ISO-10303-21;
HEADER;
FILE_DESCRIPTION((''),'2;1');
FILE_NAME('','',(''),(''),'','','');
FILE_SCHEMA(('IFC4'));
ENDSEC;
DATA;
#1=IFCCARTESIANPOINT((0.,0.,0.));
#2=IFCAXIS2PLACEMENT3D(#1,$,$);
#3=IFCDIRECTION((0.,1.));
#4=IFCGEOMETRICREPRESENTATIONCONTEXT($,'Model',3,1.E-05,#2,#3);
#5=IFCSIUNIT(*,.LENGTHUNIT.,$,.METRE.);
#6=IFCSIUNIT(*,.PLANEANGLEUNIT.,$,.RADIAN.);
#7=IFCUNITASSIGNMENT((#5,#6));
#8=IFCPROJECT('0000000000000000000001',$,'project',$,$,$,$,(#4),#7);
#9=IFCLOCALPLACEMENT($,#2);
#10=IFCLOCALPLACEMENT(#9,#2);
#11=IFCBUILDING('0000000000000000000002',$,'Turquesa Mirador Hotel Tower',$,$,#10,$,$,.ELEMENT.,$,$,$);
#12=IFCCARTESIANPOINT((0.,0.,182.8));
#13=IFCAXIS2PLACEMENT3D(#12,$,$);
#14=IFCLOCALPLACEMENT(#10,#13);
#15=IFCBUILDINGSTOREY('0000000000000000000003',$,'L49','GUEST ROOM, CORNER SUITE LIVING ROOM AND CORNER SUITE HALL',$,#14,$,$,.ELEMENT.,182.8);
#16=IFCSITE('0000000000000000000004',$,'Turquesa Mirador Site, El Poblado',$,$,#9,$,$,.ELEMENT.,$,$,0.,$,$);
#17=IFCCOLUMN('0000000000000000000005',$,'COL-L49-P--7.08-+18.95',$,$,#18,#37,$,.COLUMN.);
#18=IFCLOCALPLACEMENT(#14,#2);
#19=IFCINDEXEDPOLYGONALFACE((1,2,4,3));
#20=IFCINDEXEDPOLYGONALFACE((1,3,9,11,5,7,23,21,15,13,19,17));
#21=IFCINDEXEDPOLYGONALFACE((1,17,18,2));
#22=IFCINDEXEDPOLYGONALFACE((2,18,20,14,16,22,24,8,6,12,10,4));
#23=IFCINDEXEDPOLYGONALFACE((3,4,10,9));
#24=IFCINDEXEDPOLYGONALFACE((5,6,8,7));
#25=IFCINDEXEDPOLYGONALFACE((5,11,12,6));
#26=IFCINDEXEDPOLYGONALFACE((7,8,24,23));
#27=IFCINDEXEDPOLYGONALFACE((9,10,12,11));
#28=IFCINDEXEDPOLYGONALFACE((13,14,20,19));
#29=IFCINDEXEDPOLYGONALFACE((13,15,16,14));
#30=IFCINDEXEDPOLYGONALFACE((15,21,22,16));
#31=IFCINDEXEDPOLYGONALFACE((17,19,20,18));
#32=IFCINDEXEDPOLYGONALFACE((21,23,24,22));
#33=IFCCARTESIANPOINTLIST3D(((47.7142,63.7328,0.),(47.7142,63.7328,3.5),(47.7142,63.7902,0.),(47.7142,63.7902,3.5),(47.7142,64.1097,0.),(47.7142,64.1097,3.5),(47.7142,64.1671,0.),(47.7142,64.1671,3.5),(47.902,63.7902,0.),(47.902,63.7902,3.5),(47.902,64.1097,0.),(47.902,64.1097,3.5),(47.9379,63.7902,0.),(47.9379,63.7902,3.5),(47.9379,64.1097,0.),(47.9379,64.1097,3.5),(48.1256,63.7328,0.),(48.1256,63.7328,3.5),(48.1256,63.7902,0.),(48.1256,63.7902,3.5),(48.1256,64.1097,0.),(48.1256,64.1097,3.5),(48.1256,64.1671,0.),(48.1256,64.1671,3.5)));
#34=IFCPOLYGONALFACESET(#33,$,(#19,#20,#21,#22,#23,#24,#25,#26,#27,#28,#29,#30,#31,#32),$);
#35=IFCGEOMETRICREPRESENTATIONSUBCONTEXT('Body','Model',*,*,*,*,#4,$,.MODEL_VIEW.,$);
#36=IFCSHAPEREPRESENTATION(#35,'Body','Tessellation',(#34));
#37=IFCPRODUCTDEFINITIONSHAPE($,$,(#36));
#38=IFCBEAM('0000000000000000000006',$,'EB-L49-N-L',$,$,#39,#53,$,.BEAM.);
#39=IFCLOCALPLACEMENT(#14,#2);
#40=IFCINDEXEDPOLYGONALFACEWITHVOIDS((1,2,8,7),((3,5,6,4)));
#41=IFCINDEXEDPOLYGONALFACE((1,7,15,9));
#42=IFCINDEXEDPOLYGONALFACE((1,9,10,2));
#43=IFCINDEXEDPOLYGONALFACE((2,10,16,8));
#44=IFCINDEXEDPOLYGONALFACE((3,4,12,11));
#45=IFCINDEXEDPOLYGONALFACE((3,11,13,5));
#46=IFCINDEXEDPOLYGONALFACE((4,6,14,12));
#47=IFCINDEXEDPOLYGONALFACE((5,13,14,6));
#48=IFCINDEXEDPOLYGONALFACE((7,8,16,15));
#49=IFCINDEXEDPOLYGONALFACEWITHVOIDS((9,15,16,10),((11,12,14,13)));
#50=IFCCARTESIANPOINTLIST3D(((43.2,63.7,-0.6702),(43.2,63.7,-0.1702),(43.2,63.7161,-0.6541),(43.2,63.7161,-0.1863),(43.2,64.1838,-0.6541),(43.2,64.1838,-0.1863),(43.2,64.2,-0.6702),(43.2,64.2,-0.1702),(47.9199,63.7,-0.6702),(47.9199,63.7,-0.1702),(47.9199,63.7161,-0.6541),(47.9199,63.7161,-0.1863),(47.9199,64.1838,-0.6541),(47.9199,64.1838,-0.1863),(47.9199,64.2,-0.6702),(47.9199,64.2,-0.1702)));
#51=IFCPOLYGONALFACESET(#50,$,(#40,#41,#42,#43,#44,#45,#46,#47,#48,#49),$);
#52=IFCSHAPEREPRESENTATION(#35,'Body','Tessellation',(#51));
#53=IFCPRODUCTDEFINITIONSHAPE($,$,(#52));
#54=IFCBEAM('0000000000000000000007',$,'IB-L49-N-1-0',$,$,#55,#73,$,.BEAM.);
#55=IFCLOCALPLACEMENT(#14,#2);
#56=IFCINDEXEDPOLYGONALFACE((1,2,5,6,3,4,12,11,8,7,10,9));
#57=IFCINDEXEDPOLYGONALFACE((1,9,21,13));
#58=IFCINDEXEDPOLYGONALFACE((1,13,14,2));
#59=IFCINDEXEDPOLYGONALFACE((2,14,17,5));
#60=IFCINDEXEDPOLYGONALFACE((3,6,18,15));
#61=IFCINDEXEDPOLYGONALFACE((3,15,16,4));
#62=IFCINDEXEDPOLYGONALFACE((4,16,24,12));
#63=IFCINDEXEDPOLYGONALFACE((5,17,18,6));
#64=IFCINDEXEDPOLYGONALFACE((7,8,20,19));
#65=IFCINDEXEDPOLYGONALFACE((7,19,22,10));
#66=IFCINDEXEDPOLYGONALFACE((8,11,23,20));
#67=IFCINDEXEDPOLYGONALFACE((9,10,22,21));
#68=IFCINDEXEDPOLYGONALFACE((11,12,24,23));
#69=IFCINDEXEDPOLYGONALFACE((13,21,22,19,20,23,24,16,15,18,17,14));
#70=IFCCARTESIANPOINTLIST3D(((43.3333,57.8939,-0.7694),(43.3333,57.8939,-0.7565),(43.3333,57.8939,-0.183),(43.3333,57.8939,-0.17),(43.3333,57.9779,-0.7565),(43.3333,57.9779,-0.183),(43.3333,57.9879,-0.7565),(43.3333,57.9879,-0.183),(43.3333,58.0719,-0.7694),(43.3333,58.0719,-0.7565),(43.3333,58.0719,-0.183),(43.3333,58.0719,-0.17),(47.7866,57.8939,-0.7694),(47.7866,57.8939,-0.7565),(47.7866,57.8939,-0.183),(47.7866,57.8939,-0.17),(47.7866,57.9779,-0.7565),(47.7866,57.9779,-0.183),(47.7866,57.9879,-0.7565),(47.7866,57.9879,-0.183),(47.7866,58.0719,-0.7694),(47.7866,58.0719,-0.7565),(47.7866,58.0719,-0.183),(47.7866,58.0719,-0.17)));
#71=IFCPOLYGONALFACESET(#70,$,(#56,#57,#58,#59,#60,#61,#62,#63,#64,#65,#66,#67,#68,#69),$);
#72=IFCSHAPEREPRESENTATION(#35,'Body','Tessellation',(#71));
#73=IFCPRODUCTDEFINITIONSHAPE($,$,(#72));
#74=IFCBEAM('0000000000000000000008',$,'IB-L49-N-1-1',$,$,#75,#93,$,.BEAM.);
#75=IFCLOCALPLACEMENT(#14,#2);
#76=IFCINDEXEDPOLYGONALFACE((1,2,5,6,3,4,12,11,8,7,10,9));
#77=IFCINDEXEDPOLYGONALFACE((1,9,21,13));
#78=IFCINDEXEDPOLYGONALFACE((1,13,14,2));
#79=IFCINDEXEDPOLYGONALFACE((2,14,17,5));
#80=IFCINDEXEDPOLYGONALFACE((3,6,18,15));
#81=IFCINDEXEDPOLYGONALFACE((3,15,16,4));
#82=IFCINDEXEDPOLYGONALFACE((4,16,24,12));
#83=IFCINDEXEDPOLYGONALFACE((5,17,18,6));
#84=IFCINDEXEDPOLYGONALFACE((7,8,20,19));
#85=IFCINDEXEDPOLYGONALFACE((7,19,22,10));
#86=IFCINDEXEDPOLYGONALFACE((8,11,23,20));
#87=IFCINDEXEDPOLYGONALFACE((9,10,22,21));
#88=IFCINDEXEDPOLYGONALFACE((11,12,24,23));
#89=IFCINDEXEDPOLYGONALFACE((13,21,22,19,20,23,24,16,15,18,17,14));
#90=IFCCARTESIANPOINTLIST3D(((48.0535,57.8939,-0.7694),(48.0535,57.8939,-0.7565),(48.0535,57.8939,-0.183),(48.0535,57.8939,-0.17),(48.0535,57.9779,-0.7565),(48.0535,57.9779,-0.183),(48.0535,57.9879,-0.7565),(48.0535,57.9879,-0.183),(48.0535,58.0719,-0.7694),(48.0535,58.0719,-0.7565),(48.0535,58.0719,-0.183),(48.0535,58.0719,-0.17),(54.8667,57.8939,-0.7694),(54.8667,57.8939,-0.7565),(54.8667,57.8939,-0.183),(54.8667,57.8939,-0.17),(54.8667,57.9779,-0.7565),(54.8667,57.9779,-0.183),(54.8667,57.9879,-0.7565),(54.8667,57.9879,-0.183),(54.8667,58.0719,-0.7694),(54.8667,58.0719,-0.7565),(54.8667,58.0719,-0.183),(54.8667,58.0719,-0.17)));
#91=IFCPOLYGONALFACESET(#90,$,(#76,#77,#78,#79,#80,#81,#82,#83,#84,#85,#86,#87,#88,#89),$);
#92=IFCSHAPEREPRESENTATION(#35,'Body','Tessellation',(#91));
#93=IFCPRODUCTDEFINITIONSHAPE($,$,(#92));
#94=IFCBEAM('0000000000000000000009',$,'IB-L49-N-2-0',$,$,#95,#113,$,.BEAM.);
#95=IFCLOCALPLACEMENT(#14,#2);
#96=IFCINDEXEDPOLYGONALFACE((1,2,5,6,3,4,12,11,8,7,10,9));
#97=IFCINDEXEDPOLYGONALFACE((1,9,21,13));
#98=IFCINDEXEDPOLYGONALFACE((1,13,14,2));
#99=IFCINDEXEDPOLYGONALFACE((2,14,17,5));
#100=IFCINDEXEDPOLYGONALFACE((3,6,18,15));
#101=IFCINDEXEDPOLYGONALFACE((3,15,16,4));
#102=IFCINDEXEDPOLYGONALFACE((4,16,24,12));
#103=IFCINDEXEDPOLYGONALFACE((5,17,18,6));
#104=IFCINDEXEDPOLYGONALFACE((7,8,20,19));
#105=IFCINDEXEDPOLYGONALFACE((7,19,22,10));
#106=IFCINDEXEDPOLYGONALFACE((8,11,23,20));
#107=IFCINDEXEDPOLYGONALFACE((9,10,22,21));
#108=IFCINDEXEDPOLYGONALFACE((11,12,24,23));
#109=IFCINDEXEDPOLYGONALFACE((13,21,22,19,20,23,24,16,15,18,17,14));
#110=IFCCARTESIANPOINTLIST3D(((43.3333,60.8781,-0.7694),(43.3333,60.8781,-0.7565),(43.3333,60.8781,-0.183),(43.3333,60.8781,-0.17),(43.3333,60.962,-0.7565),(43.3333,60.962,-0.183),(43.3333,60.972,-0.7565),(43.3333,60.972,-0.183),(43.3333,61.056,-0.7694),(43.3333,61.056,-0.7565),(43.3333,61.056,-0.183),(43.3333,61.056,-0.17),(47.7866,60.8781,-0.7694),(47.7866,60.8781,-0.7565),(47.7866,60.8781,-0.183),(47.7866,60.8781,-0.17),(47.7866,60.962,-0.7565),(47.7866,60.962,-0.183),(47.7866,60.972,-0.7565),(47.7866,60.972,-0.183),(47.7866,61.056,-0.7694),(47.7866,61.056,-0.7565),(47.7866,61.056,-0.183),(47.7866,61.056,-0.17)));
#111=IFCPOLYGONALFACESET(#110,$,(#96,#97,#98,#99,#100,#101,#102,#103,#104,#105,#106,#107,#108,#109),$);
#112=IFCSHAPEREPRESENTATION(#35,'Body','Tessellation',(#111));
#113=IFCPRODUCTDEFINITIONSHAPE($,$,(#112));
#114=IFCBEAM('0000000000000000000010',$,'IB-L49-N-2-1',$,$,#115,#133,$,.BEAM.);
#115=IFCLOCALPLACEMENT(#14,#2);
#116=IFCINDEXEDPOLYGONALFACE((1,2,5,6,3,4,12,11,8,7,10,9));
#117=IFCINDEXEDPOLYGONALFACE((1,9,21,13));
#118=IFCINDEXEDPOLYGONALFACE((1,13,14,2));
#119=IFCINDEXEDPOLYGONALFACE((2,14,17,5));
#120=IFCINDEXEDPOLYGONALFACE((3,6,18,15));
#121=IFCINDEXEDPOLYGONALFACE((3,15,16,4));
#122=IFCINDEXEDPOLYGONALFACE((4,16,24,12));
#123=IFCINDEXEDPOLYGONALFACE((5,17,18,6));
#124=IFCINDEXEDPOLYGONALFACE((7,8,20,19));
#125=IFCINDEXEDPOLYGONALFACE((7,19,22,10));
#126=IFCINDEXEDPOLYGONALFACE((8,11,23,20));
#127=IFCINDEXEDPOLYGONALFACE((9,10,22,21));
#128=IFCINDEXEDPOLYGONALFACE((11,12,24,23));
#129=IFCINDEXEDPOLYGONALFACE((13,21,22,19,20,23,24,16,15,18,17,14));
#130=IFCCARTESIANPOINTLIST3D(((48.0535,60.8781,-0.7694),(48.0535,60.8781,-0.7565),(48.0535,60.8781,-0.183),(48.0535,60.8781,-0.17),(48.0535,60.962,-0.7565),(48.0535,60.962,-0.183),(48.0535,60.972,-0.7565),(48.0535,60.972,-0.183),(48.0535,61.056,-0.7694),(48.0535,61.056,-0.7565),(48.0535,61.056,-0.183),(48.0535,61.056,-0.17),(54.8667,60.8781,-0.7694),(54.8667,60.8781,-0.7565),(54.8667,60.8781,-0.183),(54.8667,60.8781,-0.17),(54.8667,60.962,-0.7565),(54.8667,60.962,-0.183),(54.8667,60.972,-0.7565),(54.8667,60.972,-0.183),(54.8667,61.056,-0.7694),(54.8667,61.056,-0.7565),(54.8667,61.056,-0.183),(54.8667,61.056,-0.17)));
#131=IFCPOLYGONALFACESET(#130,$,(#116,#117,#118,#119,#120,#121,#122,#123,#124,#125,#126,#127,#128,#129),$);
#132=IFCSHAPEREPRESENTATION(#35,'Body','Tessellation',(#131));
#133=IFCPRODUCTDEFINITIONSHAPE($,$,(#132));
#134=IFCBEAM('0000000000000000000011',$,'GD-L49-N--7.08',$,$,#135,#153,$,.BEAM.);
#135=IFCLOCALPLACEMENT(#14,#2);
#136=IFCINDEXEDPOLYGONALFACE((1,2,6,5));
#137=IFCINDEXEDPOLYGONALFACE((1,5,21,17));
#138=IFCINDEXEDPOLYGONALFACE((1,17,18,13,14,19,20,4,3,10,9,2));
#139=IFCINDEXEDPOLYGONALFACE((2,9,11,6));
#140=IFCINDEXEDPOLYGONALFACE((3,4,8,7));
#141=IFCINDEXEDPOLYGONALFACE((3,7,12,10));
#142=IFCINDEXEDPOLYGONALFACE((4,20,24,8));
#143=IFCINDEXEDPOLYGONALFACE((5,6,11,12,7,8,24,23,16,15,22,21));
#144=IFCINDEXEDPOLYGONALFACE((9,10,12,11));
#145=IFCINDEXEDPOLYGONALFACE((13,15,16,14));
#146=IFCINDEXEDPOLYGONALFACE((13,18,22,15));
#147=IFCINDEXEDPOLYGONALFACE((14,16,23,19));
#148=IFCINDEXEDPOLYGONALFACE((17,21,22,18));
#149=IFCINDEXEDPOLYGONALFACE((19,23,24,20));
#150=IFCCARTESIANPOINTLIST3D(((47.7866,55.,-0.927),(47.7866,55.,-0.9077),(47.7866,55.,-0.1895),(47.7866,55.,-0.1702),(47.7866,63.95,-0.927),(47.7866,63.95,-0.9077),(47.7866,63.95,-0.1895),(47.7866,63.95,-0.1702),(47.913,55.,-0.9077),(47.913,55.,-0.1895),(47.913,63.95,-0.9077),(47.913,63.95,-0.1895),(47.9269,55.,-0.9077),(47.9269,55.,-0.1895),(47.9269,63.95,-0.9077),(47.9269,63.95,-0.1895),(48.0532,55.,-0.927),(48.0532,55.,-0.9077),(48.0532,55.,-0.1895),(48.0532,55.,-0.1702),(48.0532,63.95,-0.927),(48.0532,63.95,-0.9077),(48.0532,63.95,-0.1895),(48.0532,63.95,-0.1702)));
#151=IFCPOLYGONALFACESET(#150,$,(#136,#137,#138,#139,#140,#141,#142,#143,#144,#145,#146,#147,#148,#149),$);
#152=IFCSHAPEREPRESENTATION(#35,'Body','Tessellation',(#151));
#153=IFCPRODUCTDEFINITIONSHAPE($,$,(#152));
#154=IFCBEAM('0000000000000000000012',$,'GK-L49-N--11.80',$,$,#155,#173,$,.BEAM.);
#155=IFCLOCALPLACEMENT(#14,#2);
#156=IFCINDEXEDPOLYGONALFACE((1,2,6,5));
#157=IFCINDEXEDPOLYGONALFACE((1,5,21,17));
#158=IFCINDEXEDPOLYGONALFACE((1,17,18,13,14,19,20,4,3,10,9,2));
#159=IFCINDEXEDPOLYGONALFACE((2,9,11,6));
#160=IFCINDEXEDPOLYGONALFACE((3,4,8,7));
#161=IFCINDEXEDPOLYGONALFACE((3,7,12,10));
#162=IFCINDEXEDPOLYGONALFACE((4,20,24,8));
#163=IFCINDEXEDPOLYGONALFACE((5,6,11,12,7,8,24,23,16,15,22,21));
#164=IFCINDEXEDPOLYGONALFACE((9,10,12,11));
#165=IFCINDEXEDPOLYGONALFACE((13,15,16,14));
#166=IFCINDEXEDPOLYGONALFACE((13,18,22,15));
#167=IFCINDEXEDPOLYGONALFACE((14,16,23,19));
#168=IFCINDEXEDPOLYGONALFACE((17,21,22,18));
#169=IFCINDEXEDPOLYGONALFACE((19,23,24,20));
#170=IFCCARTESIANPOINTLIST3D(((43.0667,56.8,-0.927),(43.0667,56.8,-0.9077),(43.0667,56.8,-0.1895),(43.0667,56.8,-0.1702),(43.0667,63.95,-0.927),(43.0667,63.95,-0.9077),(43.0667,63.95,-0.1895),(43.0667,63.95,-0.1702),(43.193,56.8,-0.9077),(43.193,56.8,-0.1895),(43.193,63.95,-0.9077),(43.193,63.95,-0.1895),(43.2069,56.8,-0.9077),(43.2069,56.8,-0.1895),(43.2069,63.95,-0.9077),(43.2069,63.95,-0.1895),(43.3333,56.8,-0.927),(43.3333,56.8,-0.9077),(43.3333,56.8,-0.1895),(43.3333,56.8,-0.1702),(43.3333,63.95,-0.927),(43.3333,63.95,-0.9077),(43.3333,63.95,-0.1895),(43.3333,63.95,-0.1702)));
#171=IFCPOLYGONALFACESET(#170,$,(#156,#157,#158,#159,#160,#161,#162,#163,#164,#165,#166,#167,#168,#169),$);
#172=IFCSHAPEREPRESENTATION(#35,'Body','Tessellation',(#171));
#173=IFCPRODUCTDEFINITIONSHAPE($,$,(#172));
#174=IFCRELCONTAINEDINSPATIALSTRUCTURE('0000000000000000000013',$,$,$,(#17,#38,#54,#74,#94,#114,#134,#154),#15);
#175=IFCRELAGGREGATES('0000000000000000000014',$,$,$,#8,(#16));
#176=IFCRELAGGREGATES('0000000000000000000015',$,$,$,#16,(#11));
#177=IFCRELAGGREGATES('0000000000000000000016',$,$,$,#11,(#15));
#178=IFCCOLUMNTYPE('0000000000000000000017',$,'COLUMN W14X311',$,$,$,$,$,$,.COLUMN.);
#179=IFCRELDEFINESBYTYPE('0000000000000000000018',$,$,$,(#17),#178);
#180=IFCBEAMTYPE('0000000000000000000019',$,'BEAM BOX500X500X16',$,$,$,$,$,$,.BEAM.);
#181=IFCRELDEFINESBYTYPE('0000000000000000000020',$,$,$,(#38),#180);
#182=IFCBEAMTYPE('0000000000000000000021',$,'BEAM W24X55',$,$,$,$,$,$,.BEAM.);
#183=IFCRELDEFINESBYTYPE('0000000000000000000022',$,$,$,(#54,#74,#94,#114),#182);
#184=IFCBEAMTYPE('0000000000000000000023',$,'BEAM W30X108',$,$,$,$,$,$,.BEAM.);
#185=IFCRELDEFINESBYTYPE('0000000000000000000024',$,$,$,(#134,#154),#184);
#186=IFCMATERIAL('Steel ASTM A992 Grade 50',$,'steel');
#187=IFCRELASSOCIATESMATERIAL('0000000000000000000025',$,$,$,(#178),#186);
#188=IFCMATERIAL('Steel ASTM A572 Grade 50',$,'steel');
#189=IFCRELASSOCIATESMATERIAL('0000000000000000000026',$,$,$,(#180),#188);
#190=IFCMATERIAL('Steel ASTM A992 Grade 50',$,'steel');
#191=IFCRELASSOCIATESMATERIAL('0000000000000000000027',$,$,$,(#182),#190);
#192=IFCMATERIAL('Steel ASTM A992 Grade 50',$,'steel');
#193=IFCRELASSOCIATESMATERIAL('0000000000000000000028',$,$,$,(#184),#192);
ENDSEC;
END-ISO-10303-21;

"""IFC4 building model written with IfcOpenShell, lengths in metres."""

from ifc_helpers import new_model, si_unit, direction, frame, origin, origin_2d, place, context, subcontext, project, spatial, hollow_rectangle, i_section, extrude, material, material_profile, profile_set, type_object, element, save


model = new_model("IFC4")

# Units and contexts
model_context = context("Model", 3, precision=1e-05, world=origin(), true_north=direction((0.0, 1.0)))
body_context = subcontext(model_context, "Body", "Model", "MODEL_VIEW")
ifc_project = project(units=[si_unit("LENGTHUNIT", "METRE"), si_unit("PLANEANGLEUNIT", "RADIAN")], contexts=[model_context])

# Site, building, storey
site_placement = place(None, origin())
site = spatial("IfcSite", under=ifc_project, at=site_placement, Name="Turquesa Mirador Site, El Poblado", CompositionType="ELEMENT", RefElevation=0.0)
building_placement = place(site_placement, origin())
building = spatial("IfcBuilding", under=site, at=building_placement, Name="Turquesa Mirador Hotel Tower", CompositionType="ELEMENT")
storey_placement = place(building_placement, frame((0.0, 0.0, 182.8)))
storey = spatial("IfcBuildingStorey", under=building, at=storey_placement, Name="L49", Description="GUEST ROOM, CORNER SUITE LIVING ROOM AND CORNER SUITE HALL", CompositionType="ELEMENT", Elevation=182.8)

# Column
ifc_material_1 = material(Name="Steel ASTM A992 Grade 50", Category="steel")
ifc_material_profile_1 = material_profile(ifc_material_1, i_section(OverallWidth=0.4114, OverallDepth=0.4343, WebThickness=0.0359, FlangeThickness=0.0574, at=origin_2d()), Name="W14X311")
ifc_profile_set_1 = profile_set([ifc_material_profile_1], Name="Steel ASTM A992 Grade 50")
column_type = type_object("IfcColumnType", Name="COLUMN W14X311", PredefinedType="COLUMN", material=ifc_profile_set_1)
column_placement = place(storey_placement, frame((47.9199, 63.95, 0.0), z_axis=(0.0, 0.0, 1.0), x_axis=(1.0, 0.0, 0.0)))
element("IfcColumn", 1, at=column_placement, inside=storey, type_object=column_type, Name="COL-L49-P--7.08-+18.95", PredefinedType="COLUMN", context=body_context, shape_type="SweptSolid", body=[
    extrude(i_section(OverallWidth=0.4114, OverallDepth=0.4343, WebThickness=0.0359, FlangeThickness=0.0574, at=origin_2d()), origin(), (0.0, 0.0, 1.0), 3.5),
])

# Beams
ifc_material_2 = material(Name="Steel ASTM A572 Grade 50", Category="steel")
ifc_material_profile_2 = material_profile(ifc_material_2, hollow_rectangle(XDim=0.5, YDim=0.5, WallThickness=0.0161, at=origin_2d()), Name="BOX500X500X16")
ifc_profile_set_2 = profile_set([ifc_material_profile_2], Name="Steel ASTM A572 Grade 50")
beam_type_1 = type_object("IfcBeamType", Name="BEAM BOX500X500X16", PredefinedType="BEAM", material=ifc_profile_set_2)
beam_1_placement = place(storey_placement, frame((43.2, 63.95, -0.4202), z_axis=(1.0, 0.0, 0.0), x_axis=(0.0, 1.0, 0.0)))
element("IfcBeam", 2, at=beam_1_placement, inside=storey, type_object=beam_type_1, Name="EB-L49-N-L", PredefinedType="BEAM", context=body_context, shape_type="SweptSolid", body=[
    extrude(hollow_rectangle(XDim=0.5, YDim=0.5, WallThickness=0.0161, at=origin_2d()), origin(), (0.0, 0.0, 1.0), 4.72),
])
ifc_material_3 = material(Name="Steel ASTM A992 Grade 50", Category="steel")
ifc_material_profile_3 = material_profile(ifc_material_3, i_section(OverallWidth=0.178, OverallDepth=0.5994, WebThickness=0.01, FlangeThickness=0.0129, at=origin_2d()), Name="W24X55")
ifc_profile_set_3 = profile_set([ifc_material_profile_3], Name="Steel ASTM A992 Grade 50")
beam_type_2 = type_object("IfcBeamType", Name="BEAM W24X55", PredefinedType="BEAM", material=ifc_profile_set_3)
beam_2_placement = place(storey_placement, frame((43.3333, 57.9829, -0.4697), z_axis=(1.0, 0.0, 0.0), x_axis=(0.0, 1.0, 0.0)))
element("IfcBeam", 3, at=beam_2_placement, inside=storey, type_object=beam_type_2, Name="IB-L49-N-1-0", PredefinedType="BEAM", context=body_context, shape_type="SweptSolid", body=[
    extrude(i_section(OverallWidth=0.178, OverallDepth=0.5994, WebThickness=0.01, FlangeThickness=0.0129, at=origin_2d()), origin(), (0.0, 0.0, 1.0), 4.4534),
])
beam_3_placement = place(storey_placement, frame((48.0535, 57.9829, -0.4697), z_axis=(1.0, 0.0, 0.0), x_axis=(0.0, 1.0, 0.0)))
element("IfcBeam", 4, at=beam_3_placement, inside=storey, type_object=beam_type_2, Name="IB-L49-N-1-1", PredefinedType="BEAM", context=body_context, shape_type="SweptSolid", body=[
    extrude(i_section(OverallWidth=0.178, OverallDepth=0.5994, WebThickness=0.01, FlangeThickness=0.0129, at=origin_2d()), origin(), (0.0, 0.0, 1.0), 6.8132),
])
beam_4_placement = place(storey_placement, frame((43.3333, 60.967, -0.4697), z_axis=(1.0, 0.0, 0.0), x_axis=(0.0, 1.0, 0.0)))
element("IfcBeam", 5, at=beam_4_placement, inside=storey, type_object=beam_type_2, Name="IB-L49-N-2-0", PredefinedType="BEAM", context=body_context, shape_type="SweptSolid", body=[
    extrude(i_section(OverallWidth=0.178, OverallDepth=0.5994, WebThickness=0.01, FlangeThickness=0.0129, at=origin_2d()), origin(), (0.0, 0.0, 1.0), 4.4534),
])
beam_5_placement = place(storey_placement, frame((48.0535, 60.967, -0.4697), z_axis=(1.0, 0.0, 0.0), x_axis=(0.0, 1.0, 0.0)))
element("IfcBeam", 6, at=beam_5_placement, inside=storey, type_object=beam_type_2, Name="IB-L49-N-2-1", PredefinedType="BEAM", context=body_context, shape_type="SweptSolid", body=[
    extrude(i_section(OverallWidth=0.178, OverallDepth=0.5994, WebThickness=0.01, FlangeThickness=0.0129, at=origin_2d()), origin(), (0.0, 0.0, 1.0), 6.8132),
])
ifc_material_4 = material(Name="Steel ASTM A992 Grade 50", Category="steel")
ifc_material_profile_4 = material_profile(ifc_material_4, i_section(OverallWidth=0.2666, OverallDepth=0.7568, WebThickness=0.0139, FlangeThickness=0.0193, at=origin_2d()), Name="W30X108")
ifc_profile_set_4 = profile_set([ifc_material_profile_4], Name="Steel ASTM A992 Grade 50")
beam_type_3 = type_object("IfcBeamType", Name="BEAM W30X108", PredefinedType="BEAM", material=ifc_profile_set_4)
beam_6_placement = place(storey_placement, frame((47.9199, 63.95, -0.5486), z_axis=(0.0, -1.0, 0.0), x_axis=(1.0, 0.0, 0.0)))
element("IfcBeam", 7, at=beam_6_placement, inside=storey, type_object=beam_type_3, Name="GD-L49-N--7.08", PredefinedType="BEAM", context=body_context, shape_type="SweptSolid", body=[
    extrude(i_section(OverallWidth=0.2666, OverallDepth=0.7568, WebThickness=0.0139, FlangeThickness=0.0193, at=origin_2d()), origin(), (0.0, 0.0, 1.0), 8.95),
])
beam_7_placement = place(storey_placement, frame((43.2, 63.95, -0.5486), z_axis=(0.0, -1.0, 0.0), x_axis=(1.0, 0.0, 0.0)))
element("IfcBeam", 8, at=beam_7_placement, inside=storey, type_object=beam_type_3, Name="GK-L49-N--11.80", PredefinedType="BEAM", context=body_context, shape_type="SweptSolid", body=[
    extrude(i_section(OverallWidth=0.2666, OverallDepth=0.7568, WebThickness=0.0139, FlangeThickness=0.0193, at=origin_2d()), origin(), (0.0, 0.0, 1.0), 7.1499),
])

save(model, "model.ifc")
